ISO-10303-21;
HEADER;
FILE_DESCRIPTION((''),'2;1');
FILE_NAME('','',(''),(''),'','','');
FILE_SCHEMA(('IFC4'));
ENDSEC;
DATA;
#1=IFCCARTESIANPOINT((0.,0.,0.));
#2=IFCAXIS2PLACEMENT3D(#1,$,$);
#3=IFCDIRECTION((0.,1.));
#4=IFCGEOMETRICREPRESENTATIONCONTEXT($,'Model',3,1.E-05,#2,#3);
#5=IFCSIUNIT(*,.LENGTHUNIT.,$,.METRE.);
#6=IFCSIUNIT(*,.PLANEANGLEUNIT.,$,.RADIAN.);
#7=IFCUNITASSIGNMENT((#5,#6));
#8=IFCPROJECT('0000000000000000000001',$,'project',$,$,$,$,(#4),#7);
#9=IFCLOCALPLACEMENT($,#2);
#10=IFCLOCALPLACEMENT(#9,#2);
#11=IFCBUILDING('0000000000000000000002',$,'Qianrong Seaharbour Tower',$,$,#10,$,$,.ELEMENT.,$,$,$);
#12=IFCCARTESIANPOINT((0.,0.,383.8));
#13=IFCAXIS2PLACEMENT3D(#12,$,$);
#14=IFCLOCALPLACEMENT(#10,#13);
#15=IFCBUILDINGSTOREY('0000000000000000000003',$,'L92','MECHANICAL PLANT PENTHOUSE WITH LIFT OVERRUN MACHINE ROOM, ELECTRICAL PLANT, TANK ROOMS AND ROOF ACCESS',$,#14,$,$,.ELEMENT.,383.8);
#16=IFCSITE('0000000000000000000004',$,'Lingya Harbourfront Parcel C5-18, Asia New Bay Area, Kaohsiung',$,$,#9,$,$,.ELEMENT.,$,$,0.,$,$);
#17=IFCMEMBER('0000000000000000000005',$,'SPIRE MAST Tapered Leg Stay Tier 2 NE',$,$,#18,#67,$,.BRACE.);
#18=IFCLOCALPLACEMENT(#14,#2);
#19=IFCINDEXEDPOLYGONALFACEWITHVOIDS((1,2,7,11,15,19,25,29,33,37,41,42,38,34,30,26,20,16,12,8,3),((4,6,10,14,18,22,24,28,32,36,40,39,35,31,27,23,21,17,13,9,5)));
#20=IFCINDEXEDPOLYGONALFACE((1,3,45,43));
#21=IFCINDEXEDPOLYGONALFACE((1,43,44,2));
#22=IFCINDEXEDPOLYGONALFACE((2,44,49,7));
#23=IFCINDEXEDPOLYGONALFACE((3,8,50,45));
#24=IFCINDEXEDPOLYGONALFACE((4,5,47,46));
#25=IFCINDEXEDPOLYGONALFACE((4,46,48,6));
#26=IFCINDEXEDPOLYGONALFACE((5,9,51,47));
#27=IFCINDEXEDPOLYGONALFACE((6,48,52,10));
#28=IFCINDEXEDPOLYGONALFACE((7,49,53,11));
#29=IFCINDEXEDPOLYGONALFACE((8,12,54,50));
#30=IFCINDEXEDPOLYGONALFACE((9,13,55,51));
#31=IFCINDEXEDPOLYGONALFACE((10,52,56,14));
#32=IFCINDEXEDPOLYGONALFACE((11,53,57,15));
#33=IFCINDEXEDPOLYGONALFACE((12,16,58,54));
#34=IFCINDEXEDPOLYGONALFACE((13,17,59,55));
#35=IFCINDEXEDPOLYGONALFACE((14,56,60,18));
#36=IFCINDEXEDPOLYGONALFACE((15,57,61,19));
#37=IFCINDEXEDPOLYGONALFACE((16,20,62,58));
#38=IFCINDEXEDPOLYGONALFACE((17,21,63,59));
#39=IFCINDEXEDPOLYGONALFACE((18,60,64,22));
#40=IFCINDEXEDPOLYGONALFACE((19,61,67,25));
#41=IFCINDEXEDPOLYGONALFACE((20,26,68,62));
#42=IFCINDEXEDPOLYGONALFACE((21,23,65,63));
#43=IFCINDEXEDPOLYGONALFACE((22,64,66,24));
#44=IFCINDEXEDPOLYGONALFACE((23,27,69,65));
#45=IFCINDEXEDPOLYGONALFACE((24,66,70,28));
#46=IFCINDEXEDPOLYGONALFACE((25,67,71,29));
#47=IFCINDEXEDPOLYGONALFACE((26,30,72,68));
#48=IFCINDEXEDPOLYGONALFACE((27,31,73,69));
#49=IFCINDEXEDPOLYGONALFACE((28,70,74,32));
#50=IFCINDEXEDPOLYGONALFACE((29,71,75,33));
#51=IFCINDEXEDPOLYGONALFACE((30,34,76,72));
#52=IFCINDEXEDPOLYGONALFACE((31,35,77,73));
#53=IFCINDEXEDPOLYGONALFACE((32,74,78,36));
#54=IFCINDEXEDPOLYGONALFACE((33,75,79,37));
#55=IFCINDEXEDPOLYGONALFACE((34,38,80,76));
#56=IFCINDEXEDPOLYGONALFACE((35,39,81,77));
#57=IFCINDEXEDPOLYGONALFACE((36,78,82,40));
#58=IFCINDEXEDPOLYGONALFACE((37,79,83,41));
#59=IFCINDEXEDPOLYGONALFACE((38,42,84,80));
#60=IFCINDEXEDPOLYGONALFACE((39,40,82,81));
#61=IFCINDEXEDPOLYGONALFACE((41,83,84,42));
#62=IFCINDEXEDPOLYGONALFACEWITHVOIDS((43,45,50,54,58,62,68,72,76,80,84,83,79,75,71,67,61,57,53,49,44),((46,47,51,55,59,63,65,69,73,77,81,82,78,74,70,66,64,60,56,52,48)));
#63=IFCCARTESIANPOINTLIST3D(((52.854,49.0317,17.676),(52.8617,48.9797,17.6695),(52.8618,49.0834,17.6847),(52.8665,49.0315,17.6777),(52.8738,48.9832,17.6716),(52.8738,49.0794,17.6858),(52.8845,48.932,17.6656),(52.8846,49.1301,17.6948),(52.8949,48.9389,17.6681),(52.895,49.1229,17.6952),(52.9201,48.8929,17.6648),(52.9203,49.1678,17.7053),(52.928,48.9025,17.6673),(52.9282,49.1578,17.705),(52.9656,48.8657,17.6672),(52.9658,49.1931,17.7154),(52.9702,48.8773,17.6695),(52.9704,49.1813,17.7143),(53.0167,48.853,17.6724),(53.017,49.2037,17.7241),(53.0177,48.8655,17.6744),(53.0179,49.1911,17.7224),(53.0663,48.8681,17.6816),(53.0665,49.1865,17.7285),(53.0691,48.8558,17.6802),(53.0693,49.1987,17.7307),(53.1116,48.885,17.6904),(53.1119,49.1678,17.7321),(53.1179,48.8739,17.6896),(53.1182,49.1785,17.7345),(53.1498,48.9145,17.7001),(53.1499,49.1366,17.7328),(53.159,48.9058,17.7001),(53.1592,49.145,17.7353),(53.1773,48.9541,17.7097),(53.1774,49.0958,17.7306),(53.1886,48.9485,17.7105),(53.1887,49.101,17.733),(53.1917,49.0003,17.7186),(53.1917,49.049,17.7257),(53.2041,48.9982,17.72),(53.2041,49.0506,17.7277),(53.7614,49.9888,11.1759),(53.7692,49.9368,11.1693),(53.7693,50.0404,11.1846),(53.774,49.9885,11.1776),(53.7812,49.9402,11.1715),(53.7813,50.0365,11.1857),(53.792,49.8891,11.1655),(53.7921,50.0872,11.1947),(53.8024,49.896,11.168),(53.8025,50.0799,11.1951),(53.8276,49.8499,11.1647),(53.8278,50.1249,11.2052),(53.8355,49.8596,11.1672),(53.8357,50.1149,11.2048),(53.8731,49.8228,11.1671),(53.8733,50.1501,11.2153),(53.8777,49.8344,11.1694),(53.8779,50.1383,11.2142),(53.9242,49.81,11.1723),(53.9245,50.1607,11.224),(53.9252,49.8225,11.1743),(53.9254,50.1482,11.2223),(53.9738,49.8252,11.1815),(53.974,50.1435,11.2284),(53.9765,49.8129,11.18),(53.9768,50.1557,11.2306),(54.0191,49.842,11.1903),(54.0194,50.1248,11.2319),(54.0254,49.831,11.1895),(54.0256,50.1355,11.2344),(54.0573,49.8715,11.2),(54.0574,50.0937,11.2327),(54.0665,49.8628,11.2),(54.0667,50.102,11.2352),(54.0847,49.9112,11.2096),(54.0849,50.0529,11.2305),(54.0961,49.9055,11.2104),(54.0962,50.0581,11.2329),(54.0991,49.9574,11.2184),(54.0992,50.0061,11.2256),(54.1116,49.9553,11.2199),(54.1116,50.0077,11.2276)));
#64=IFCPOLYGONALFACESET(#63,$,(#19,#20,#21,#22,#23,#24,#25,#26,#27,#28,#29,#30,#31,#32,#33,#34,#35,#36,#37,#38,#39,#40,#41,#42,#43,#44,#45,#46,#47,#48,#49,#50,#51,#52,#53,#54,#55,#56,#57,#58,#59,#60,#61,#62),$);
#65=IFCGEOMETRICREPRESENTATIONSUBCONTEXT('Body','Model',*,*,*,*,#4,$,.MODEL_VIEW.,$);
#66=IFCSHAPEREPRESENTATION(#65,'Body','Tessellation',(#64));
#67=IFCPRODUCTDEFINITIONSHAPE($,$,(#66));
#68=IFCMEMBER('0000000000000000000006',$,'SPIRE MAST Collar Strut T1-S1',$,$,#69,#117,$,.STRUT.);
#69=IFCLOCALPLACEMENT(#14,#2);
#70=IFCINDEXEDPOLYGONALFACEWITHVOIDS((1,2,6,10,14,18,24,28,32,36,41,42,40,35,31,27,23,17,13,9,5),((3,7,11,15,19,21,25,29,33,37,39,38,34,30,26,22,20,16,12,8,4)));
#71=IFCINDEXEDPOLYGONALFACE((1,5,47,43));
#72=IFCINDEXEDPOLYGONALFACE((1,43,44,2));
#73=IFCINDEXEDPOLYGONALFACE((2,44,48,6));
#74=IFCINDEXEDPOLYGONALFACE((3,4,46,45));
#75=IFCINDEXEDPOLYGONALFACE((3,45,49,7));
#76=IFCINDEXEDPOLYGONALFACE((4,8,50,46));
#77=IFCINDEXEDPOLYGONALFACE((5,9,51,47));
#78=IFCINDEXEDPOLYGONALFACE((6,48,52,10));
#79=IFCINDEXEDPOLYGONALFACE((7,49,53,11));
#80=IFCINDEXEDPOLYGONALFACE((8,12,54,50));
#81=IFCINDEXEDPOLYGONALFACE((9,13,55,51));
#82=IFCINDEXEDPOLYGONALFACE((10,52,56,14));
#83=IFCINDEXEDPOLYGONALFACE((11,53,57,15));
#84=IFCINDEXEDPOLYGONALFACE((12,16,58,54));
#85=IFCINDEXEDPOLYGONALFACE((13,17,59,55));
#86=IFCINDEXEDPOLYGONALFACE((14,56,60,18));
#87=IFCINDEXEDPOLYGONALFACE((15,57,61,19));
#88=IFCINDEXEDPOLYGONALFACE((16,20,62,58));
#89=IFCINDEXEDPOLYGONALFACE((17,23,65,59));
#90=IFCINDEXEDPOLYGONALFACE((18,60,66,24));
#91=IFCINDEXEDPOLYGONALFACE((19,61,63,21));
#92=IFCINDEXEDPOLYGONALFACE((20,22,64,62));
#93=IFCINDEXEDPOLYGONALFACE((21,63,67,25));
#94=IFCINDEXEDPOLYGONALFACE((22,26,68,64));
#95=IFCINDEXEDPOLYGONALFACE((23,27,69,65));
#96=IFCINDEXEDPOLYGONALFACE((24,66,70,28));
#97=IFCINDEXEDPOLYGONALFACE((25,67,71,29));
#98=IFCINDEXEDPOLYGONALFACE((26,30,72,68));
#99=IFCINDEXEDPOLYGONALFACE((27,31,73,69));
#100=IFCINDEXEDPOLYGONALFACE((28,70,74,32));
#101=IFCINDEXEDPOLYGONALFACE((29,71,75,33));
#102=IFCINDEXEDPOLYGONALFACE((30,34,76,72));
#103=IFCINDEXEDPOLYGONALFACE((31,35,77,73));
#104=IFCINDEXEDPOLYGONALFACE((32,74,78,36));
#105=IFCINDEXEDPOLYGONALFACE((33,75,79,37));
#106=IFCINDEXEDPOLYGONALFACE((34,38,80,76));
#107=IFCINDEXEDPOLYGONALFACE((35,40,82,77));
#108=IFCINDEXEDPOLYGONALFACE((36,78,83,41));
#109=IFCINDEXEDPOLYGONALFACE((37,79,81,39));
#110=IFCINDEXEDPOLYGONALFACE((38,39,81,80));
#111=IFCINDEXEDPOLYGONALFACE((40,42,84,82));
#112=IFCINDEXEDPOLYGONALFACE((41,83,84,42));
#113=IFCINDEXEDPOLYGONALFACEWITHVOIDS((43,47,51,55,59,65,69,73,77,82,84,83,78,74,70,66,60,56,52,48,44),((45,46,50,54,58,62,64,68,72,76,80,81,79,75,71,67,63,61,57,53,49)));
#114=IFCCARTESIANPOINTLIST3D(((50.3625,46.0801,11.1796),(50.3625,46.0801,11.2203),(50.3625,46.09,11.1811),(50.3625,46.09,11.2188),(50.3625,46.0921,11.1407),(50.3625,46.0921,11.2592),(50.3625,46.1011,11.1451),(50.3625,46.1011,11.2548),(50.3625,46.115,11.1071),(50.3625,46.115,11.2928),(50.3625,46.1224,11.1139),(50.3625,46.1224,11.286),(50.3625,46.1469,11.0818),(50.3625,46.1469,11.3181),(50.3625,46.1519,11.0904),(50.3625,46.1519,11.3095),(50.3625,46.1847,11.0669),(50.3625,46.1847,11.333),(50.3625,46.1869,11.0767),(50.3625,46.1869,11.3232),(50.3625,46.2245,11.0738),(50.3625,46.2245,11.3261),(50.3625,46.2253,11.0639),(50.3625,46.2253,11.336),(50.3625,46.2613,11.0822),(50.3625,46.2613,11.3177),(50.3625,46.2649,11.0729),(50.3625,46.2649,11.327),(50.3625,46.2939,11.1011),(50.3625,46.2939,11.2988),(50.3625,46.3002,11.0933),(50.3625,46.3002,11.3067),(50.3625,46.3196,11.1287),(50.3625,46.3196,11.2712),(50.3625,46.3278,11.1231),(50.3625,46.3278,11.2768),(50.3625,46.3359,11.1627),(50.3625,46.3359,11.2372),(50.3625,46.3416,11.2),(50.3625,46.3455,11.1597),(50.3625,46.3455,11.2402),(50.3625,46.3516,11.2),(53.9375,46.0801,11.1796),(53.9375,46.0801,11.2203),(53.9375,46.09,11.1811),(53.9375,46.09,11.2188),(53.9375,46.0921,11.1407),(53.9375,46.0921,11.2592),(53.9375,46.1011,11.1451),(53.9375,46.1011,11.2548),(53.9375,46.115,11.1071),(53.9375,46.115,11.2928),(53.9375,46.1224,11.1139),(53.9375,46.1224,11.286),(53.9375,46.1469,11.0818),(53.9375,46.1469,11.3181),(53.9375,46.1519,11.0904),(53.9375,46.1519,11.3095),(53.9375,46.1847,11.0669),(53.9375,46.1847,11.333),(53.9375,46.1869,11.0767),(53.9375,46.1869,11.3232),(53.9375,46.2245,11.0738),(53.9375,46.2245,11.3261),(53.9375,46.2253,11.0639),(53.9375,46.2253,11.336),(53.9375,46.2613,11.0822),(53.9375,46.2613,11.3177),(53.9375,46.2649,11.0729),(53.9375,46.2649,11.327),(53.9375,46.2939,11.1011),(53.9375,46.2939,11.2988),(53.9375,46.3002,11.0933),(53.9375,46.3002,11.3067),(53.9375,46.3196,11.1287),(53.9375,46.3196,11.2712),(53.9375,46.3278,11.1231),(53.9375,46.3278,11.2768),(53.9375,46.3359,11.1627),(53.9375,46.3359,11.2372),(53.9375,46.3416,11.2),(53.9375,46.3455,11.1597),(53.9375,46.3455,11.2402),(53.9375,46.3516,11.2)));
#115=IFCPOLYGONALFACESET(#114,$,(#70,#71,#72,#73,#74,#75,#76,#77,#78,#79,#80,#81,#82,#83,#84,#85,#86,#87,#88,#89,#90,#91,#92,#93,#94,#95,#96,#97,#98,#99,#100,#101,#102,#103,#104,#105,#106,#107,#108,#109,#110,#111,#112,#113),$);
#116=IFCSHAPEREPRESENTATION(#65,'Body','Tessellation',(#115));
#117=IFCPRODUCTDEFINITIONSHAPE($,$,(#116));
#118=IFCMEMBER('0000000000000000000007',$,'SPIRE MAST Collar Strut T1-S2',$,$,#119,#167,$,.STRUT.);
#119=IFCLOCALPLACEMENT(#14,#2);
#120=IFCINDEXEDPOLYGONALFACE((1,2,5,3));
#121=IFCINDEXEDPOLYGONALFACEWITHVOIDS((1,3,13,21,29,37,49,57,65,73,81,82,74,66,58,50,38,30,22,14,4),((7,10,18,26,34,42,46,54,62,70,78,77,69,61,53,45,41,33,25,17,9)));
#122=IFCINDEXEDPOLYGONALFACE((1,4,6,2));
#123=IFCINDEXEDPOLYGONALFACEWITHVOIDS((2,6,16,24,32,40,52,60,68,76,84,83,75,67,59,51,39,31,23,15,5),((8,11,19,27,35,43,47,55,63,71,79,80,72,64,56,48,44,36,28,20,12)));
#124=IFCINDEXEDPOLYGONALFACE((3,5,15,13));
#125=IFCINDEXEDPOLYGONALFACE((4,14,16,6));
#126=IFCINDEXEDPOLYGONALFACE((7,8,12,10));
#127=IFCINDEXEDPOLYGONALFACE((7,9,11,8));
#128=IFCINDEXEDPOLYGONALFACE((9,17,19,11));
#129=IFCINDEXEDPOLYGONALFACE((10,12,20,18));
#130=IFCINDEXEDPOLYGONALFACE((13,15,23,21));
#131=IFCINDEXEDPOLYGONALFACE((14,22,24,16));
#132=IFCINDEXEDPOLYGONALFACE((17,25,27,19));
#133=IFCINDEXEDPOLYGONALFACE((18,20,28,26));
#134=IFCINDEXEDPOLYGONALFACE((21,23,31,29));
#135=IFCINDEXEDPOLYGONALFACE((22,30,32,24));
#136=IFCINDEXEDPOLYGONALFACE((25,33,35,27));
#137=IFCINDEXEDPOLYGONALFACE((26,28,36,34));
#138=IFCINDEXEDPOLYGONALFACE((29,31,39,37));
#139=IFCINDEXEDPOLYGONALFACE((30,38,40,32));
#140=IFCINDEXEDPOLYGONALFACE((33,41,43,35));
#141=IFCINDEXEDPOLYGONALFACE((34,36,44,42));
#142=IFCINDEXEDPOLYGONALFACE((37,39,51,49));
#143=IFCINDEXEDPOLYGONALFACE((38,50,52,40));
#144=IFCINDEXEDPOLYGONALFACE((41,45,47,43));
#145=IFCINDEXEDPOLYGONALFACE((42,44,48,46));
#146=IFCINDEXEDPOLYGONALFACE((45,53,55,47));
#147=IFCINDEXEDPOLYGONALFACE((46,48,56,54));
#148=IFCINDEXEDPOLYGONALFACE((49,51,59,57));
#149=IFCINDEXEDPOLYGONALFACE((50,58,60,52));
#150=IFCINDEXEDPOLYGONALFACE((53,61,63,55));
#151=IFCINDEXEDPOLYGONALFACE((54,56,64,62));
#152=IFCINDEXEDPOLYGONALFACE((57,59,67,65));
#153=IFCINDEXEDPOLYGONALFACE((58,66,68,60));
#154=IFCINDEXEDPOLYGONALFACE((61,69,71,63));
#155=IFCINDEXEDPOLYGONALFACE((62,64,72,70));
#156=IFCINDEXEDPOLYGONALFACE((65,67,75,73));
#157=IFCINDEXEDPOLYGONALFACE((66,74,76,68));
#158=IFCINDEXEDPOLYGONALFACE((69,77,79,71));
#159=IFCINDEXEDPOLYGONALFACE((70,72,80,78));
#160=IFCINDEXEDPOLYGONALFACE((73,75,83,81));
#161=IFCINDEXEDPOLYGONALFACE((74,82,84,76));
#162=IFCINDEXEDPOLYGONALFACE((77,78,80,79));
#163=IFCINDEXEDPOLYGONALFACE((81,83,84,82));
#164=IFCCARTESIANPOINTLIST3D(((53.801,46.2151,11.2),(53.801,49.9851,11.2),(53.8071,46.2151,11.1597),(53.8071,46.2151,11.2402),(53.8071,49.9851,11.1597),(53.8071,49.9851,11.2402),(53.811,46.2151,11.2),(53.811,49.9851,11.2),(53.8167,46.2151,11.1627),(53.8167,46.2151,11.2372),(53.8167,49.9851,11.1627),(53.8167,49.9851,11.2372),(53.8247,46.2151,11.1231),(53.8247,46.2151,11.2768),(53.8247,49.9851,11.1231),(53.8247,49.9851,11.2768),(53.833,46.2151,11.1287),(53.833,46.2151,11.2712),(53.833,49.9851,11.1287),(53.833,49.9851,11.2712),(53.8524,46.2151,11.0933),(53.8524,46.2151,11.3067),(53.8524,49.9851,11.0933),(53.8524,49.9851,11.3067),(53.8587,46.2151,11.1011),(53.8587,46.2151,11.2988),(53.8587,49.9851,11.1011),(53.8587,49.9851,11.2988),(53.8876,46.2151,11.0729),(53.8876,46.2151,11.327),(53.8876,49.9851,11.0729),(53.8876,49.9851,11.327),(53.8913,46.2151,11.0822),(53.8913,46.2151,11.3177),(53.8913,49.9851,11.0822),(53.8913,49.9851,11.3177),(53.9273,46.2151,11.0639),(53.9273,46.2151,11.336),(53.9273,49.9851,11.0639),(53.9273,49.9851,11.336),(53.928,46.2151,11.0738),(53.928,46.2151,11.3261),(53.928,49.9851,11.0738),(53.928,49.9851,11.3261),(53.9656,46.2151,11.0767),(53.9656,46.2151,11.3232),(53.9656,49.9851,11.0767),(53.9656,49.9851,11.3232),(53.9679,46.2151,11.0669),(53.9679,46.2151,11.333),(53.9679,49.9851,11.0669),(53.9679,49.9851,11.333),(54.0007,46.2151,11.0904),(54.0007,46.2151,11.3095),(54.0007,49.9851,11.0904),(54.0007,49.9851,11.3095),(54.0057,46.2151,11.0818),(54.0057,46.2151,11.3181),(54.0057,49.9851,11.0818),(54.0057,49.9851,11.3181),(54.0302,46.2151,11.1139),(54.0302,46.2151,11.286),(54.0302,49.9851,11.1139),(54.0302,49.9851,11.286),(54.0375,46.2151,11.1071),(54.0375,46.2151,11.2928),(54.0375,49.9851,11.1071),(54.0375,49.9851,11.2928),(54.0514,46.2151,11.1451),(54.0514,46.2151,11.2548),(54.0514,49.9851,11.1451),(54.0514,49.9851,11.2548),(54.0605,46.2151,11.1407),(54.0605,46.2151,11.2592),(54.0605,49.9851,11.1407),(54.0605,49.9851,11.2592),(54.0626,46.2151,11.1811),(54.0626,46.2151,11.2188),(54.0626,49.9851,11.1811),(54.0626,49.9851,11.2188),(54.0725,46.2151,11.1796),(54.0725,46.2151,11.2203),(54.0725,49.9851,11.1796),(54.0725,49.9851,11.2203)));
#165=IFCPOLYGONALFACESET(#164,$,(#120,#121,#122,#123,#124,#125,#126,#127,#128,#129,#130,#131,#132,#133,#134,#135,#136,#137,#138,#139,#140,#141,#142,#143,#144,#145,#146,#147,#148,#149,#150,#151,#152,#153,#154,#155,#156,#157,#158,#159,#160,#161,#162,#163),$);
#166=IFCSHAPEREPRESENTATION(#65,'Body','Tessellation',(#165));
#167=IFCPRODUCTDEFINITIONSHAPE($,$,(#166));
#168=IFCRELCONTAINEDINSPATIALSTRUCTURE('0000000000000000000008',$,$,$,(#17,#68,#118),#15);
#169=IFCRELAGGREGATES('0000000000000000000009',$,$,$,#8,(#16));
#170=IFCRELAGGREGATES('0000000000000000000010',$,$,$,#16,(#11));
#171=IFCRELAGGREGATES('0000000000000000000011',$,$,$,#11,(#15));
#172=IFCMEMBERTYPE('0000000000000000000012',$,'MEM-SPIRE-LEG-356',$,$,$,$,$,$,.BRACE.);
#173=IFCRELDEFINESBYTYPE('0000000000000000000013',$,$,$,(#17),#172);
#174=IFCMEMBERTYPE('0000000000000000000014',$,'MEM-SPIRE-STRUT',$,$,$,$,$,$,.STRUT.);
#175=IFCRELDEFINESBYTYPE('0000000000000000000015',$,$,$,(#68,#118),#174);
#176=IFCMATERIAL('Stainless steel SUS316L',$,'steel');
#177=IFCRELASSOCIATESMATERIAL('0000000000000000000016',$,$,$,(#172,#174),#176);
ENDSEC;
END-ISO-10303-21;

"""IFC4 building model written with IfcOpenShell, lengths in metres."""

from ifc_helpers import new_model, si_unit, direction, frame, origin, origin_2d, place, context, subcontext, project, spatial, hollow_circle, extrude, material, material_profile, profile_set, type_object, element, save


model = new_model("IFC4")

# Units and contexts
model_context = context("Model", 3, precision=1e-05, world=origin(), true_north=direction((0.0, 1.0)))
body_context = subcontext(model_context, "Body", "Model", "MODEL_VIEW")
ifc_project = project(units=[si_unit("LENGTHUNIT", "METRE"), si_unit("PLANEANGLEUNIT", "RADIAN")], contexts=[model_context])

# Site, building, storey
site_placement = place(None, origin())
site = spatial("IfcSite", under=ifc_project, at=site_placement, Name="Lingya Harbourfront Parcel C5-18, Asia New Bay Area, Kaohsiung", CompositionType="ELEMENT", RefElevation=0.0)
building_placement = place(site_placement, origin())
building = spatial("IfcBuilding", under=site, at=building_placement, Name="Qianrong Seaharbour Tower", CompositionType="ELEMENT")
storey_placement = place(building_placement, frame((0.0, 0.0, 383.8)))
storey = spatial("IfcBuildingStorey", under=building, at=storey_placement, Name="L92", Description="MECHANICAL PLANT PENTHOUSE WITH LIFT OVERRUN MACHINE ROOM, ELECTRICAL PLANT, TANK ROOMS AND ROOF ACCESS", CompositionType="ELEMENT", Elevation=383.8)

# Shared definitions
ifc_material = material(Name="Stainless steel SUS316L", Category="steel")

# Members
ifc_material_profile_1 = material_profile(ifc_material, hollow_circle(Radius=0.1777, WallThickness=0.0127, at=origin_2d()), Name="CHS355.6x12.7")
ifc_profile_set_1 = profile_set([ifc_material_profile_1], Name="Stainless steel SUS316L")
member_type_1 = type_object("IfcMemberType", Name="MEM-SPIRE-LEG-356", PredefinedType="BRACE", material=ifc_profile_set_1)
for number, where, z_axis, x_axis, name in (
    (1, (53.9375, 49.9851, 11.2), (-0.136823, -0.144295, 0.98003), (0.725646, -0.688068, 0.0), "SPIRE MAST Tapered Leg Stay Tier 2 NE"),
):
    element("IfcMember", number, at=place(storey_placement, frame(where, z_axis=z_axis, x_axis=x_axis)), inside=storey, type_object=member_type_1, Name=name, PredefinedType="BRACE", context=body_context, shape_type="SweptSolid", body=[
        extrude(hollow_circle(Radius=0.1777, WallThickness=0.0127, at=origin_2d()), origin(), (0.0, 0.0, 1.0), 6.6326),
    ])
ifc_material_profile_2 = material_profile(ifc_material, hollow_circle(Radius=0.1365, WallThickness=0.01, at=origin_2d()), Name="CHS273.0x10")
ifc_profile_set_2 = profile_set([ifc_material_profile_2], Name="Stainless steel SUS316L")
member_type_2 = type_object("IfcMemberType", Name="MEM-SPIRE-STRUT", PredefinedType="STRUT", material=ifc_profile_set_2)
member_1_placement = place(storey_placement, frame((50.3625, 46.2151, 11.2), z_axis=(1.0, 0.0, 0.0), x_axis=(0.0, 1.0, 0.0)))
element("IfcMember", 2, at=member_1_placement, inside=storey, type_object=member_type_2, Name="SPIRE MAST Collar Strut T1-S1", PredefinedType="STRUT", context=body_context, shape_type="SweptSolid", body=[
    extrude(hollow_circle(Radius=0.1365, WallThickness=0.01, at=origin_2d()), origin(), (0.0, 0.0, 1.0), 3.575),
])
member_2_placement = place(storey_placement, frame((53.9375, 46.2151, 11.2), z_axis=(0.0, 1.0, 0.0), x_axis=(-1.0, 0.0, 0.0)))
element("IfcMember", 3, at=member_2_placement, inside=storey, type_object=member_type_2, Name="SPIRE MAST Collar Strut T1-S2", PredefinedType="STRUT", context=body_context, shape_type="SweptSolid", body=[
    extrude(hollow_circle(Radius=0.1365, WallThickness=0.01, at=origin_2d()), origin(), (0.0, 0.0, 1.0), 3.77),
])

save(model, "model.ifc")
